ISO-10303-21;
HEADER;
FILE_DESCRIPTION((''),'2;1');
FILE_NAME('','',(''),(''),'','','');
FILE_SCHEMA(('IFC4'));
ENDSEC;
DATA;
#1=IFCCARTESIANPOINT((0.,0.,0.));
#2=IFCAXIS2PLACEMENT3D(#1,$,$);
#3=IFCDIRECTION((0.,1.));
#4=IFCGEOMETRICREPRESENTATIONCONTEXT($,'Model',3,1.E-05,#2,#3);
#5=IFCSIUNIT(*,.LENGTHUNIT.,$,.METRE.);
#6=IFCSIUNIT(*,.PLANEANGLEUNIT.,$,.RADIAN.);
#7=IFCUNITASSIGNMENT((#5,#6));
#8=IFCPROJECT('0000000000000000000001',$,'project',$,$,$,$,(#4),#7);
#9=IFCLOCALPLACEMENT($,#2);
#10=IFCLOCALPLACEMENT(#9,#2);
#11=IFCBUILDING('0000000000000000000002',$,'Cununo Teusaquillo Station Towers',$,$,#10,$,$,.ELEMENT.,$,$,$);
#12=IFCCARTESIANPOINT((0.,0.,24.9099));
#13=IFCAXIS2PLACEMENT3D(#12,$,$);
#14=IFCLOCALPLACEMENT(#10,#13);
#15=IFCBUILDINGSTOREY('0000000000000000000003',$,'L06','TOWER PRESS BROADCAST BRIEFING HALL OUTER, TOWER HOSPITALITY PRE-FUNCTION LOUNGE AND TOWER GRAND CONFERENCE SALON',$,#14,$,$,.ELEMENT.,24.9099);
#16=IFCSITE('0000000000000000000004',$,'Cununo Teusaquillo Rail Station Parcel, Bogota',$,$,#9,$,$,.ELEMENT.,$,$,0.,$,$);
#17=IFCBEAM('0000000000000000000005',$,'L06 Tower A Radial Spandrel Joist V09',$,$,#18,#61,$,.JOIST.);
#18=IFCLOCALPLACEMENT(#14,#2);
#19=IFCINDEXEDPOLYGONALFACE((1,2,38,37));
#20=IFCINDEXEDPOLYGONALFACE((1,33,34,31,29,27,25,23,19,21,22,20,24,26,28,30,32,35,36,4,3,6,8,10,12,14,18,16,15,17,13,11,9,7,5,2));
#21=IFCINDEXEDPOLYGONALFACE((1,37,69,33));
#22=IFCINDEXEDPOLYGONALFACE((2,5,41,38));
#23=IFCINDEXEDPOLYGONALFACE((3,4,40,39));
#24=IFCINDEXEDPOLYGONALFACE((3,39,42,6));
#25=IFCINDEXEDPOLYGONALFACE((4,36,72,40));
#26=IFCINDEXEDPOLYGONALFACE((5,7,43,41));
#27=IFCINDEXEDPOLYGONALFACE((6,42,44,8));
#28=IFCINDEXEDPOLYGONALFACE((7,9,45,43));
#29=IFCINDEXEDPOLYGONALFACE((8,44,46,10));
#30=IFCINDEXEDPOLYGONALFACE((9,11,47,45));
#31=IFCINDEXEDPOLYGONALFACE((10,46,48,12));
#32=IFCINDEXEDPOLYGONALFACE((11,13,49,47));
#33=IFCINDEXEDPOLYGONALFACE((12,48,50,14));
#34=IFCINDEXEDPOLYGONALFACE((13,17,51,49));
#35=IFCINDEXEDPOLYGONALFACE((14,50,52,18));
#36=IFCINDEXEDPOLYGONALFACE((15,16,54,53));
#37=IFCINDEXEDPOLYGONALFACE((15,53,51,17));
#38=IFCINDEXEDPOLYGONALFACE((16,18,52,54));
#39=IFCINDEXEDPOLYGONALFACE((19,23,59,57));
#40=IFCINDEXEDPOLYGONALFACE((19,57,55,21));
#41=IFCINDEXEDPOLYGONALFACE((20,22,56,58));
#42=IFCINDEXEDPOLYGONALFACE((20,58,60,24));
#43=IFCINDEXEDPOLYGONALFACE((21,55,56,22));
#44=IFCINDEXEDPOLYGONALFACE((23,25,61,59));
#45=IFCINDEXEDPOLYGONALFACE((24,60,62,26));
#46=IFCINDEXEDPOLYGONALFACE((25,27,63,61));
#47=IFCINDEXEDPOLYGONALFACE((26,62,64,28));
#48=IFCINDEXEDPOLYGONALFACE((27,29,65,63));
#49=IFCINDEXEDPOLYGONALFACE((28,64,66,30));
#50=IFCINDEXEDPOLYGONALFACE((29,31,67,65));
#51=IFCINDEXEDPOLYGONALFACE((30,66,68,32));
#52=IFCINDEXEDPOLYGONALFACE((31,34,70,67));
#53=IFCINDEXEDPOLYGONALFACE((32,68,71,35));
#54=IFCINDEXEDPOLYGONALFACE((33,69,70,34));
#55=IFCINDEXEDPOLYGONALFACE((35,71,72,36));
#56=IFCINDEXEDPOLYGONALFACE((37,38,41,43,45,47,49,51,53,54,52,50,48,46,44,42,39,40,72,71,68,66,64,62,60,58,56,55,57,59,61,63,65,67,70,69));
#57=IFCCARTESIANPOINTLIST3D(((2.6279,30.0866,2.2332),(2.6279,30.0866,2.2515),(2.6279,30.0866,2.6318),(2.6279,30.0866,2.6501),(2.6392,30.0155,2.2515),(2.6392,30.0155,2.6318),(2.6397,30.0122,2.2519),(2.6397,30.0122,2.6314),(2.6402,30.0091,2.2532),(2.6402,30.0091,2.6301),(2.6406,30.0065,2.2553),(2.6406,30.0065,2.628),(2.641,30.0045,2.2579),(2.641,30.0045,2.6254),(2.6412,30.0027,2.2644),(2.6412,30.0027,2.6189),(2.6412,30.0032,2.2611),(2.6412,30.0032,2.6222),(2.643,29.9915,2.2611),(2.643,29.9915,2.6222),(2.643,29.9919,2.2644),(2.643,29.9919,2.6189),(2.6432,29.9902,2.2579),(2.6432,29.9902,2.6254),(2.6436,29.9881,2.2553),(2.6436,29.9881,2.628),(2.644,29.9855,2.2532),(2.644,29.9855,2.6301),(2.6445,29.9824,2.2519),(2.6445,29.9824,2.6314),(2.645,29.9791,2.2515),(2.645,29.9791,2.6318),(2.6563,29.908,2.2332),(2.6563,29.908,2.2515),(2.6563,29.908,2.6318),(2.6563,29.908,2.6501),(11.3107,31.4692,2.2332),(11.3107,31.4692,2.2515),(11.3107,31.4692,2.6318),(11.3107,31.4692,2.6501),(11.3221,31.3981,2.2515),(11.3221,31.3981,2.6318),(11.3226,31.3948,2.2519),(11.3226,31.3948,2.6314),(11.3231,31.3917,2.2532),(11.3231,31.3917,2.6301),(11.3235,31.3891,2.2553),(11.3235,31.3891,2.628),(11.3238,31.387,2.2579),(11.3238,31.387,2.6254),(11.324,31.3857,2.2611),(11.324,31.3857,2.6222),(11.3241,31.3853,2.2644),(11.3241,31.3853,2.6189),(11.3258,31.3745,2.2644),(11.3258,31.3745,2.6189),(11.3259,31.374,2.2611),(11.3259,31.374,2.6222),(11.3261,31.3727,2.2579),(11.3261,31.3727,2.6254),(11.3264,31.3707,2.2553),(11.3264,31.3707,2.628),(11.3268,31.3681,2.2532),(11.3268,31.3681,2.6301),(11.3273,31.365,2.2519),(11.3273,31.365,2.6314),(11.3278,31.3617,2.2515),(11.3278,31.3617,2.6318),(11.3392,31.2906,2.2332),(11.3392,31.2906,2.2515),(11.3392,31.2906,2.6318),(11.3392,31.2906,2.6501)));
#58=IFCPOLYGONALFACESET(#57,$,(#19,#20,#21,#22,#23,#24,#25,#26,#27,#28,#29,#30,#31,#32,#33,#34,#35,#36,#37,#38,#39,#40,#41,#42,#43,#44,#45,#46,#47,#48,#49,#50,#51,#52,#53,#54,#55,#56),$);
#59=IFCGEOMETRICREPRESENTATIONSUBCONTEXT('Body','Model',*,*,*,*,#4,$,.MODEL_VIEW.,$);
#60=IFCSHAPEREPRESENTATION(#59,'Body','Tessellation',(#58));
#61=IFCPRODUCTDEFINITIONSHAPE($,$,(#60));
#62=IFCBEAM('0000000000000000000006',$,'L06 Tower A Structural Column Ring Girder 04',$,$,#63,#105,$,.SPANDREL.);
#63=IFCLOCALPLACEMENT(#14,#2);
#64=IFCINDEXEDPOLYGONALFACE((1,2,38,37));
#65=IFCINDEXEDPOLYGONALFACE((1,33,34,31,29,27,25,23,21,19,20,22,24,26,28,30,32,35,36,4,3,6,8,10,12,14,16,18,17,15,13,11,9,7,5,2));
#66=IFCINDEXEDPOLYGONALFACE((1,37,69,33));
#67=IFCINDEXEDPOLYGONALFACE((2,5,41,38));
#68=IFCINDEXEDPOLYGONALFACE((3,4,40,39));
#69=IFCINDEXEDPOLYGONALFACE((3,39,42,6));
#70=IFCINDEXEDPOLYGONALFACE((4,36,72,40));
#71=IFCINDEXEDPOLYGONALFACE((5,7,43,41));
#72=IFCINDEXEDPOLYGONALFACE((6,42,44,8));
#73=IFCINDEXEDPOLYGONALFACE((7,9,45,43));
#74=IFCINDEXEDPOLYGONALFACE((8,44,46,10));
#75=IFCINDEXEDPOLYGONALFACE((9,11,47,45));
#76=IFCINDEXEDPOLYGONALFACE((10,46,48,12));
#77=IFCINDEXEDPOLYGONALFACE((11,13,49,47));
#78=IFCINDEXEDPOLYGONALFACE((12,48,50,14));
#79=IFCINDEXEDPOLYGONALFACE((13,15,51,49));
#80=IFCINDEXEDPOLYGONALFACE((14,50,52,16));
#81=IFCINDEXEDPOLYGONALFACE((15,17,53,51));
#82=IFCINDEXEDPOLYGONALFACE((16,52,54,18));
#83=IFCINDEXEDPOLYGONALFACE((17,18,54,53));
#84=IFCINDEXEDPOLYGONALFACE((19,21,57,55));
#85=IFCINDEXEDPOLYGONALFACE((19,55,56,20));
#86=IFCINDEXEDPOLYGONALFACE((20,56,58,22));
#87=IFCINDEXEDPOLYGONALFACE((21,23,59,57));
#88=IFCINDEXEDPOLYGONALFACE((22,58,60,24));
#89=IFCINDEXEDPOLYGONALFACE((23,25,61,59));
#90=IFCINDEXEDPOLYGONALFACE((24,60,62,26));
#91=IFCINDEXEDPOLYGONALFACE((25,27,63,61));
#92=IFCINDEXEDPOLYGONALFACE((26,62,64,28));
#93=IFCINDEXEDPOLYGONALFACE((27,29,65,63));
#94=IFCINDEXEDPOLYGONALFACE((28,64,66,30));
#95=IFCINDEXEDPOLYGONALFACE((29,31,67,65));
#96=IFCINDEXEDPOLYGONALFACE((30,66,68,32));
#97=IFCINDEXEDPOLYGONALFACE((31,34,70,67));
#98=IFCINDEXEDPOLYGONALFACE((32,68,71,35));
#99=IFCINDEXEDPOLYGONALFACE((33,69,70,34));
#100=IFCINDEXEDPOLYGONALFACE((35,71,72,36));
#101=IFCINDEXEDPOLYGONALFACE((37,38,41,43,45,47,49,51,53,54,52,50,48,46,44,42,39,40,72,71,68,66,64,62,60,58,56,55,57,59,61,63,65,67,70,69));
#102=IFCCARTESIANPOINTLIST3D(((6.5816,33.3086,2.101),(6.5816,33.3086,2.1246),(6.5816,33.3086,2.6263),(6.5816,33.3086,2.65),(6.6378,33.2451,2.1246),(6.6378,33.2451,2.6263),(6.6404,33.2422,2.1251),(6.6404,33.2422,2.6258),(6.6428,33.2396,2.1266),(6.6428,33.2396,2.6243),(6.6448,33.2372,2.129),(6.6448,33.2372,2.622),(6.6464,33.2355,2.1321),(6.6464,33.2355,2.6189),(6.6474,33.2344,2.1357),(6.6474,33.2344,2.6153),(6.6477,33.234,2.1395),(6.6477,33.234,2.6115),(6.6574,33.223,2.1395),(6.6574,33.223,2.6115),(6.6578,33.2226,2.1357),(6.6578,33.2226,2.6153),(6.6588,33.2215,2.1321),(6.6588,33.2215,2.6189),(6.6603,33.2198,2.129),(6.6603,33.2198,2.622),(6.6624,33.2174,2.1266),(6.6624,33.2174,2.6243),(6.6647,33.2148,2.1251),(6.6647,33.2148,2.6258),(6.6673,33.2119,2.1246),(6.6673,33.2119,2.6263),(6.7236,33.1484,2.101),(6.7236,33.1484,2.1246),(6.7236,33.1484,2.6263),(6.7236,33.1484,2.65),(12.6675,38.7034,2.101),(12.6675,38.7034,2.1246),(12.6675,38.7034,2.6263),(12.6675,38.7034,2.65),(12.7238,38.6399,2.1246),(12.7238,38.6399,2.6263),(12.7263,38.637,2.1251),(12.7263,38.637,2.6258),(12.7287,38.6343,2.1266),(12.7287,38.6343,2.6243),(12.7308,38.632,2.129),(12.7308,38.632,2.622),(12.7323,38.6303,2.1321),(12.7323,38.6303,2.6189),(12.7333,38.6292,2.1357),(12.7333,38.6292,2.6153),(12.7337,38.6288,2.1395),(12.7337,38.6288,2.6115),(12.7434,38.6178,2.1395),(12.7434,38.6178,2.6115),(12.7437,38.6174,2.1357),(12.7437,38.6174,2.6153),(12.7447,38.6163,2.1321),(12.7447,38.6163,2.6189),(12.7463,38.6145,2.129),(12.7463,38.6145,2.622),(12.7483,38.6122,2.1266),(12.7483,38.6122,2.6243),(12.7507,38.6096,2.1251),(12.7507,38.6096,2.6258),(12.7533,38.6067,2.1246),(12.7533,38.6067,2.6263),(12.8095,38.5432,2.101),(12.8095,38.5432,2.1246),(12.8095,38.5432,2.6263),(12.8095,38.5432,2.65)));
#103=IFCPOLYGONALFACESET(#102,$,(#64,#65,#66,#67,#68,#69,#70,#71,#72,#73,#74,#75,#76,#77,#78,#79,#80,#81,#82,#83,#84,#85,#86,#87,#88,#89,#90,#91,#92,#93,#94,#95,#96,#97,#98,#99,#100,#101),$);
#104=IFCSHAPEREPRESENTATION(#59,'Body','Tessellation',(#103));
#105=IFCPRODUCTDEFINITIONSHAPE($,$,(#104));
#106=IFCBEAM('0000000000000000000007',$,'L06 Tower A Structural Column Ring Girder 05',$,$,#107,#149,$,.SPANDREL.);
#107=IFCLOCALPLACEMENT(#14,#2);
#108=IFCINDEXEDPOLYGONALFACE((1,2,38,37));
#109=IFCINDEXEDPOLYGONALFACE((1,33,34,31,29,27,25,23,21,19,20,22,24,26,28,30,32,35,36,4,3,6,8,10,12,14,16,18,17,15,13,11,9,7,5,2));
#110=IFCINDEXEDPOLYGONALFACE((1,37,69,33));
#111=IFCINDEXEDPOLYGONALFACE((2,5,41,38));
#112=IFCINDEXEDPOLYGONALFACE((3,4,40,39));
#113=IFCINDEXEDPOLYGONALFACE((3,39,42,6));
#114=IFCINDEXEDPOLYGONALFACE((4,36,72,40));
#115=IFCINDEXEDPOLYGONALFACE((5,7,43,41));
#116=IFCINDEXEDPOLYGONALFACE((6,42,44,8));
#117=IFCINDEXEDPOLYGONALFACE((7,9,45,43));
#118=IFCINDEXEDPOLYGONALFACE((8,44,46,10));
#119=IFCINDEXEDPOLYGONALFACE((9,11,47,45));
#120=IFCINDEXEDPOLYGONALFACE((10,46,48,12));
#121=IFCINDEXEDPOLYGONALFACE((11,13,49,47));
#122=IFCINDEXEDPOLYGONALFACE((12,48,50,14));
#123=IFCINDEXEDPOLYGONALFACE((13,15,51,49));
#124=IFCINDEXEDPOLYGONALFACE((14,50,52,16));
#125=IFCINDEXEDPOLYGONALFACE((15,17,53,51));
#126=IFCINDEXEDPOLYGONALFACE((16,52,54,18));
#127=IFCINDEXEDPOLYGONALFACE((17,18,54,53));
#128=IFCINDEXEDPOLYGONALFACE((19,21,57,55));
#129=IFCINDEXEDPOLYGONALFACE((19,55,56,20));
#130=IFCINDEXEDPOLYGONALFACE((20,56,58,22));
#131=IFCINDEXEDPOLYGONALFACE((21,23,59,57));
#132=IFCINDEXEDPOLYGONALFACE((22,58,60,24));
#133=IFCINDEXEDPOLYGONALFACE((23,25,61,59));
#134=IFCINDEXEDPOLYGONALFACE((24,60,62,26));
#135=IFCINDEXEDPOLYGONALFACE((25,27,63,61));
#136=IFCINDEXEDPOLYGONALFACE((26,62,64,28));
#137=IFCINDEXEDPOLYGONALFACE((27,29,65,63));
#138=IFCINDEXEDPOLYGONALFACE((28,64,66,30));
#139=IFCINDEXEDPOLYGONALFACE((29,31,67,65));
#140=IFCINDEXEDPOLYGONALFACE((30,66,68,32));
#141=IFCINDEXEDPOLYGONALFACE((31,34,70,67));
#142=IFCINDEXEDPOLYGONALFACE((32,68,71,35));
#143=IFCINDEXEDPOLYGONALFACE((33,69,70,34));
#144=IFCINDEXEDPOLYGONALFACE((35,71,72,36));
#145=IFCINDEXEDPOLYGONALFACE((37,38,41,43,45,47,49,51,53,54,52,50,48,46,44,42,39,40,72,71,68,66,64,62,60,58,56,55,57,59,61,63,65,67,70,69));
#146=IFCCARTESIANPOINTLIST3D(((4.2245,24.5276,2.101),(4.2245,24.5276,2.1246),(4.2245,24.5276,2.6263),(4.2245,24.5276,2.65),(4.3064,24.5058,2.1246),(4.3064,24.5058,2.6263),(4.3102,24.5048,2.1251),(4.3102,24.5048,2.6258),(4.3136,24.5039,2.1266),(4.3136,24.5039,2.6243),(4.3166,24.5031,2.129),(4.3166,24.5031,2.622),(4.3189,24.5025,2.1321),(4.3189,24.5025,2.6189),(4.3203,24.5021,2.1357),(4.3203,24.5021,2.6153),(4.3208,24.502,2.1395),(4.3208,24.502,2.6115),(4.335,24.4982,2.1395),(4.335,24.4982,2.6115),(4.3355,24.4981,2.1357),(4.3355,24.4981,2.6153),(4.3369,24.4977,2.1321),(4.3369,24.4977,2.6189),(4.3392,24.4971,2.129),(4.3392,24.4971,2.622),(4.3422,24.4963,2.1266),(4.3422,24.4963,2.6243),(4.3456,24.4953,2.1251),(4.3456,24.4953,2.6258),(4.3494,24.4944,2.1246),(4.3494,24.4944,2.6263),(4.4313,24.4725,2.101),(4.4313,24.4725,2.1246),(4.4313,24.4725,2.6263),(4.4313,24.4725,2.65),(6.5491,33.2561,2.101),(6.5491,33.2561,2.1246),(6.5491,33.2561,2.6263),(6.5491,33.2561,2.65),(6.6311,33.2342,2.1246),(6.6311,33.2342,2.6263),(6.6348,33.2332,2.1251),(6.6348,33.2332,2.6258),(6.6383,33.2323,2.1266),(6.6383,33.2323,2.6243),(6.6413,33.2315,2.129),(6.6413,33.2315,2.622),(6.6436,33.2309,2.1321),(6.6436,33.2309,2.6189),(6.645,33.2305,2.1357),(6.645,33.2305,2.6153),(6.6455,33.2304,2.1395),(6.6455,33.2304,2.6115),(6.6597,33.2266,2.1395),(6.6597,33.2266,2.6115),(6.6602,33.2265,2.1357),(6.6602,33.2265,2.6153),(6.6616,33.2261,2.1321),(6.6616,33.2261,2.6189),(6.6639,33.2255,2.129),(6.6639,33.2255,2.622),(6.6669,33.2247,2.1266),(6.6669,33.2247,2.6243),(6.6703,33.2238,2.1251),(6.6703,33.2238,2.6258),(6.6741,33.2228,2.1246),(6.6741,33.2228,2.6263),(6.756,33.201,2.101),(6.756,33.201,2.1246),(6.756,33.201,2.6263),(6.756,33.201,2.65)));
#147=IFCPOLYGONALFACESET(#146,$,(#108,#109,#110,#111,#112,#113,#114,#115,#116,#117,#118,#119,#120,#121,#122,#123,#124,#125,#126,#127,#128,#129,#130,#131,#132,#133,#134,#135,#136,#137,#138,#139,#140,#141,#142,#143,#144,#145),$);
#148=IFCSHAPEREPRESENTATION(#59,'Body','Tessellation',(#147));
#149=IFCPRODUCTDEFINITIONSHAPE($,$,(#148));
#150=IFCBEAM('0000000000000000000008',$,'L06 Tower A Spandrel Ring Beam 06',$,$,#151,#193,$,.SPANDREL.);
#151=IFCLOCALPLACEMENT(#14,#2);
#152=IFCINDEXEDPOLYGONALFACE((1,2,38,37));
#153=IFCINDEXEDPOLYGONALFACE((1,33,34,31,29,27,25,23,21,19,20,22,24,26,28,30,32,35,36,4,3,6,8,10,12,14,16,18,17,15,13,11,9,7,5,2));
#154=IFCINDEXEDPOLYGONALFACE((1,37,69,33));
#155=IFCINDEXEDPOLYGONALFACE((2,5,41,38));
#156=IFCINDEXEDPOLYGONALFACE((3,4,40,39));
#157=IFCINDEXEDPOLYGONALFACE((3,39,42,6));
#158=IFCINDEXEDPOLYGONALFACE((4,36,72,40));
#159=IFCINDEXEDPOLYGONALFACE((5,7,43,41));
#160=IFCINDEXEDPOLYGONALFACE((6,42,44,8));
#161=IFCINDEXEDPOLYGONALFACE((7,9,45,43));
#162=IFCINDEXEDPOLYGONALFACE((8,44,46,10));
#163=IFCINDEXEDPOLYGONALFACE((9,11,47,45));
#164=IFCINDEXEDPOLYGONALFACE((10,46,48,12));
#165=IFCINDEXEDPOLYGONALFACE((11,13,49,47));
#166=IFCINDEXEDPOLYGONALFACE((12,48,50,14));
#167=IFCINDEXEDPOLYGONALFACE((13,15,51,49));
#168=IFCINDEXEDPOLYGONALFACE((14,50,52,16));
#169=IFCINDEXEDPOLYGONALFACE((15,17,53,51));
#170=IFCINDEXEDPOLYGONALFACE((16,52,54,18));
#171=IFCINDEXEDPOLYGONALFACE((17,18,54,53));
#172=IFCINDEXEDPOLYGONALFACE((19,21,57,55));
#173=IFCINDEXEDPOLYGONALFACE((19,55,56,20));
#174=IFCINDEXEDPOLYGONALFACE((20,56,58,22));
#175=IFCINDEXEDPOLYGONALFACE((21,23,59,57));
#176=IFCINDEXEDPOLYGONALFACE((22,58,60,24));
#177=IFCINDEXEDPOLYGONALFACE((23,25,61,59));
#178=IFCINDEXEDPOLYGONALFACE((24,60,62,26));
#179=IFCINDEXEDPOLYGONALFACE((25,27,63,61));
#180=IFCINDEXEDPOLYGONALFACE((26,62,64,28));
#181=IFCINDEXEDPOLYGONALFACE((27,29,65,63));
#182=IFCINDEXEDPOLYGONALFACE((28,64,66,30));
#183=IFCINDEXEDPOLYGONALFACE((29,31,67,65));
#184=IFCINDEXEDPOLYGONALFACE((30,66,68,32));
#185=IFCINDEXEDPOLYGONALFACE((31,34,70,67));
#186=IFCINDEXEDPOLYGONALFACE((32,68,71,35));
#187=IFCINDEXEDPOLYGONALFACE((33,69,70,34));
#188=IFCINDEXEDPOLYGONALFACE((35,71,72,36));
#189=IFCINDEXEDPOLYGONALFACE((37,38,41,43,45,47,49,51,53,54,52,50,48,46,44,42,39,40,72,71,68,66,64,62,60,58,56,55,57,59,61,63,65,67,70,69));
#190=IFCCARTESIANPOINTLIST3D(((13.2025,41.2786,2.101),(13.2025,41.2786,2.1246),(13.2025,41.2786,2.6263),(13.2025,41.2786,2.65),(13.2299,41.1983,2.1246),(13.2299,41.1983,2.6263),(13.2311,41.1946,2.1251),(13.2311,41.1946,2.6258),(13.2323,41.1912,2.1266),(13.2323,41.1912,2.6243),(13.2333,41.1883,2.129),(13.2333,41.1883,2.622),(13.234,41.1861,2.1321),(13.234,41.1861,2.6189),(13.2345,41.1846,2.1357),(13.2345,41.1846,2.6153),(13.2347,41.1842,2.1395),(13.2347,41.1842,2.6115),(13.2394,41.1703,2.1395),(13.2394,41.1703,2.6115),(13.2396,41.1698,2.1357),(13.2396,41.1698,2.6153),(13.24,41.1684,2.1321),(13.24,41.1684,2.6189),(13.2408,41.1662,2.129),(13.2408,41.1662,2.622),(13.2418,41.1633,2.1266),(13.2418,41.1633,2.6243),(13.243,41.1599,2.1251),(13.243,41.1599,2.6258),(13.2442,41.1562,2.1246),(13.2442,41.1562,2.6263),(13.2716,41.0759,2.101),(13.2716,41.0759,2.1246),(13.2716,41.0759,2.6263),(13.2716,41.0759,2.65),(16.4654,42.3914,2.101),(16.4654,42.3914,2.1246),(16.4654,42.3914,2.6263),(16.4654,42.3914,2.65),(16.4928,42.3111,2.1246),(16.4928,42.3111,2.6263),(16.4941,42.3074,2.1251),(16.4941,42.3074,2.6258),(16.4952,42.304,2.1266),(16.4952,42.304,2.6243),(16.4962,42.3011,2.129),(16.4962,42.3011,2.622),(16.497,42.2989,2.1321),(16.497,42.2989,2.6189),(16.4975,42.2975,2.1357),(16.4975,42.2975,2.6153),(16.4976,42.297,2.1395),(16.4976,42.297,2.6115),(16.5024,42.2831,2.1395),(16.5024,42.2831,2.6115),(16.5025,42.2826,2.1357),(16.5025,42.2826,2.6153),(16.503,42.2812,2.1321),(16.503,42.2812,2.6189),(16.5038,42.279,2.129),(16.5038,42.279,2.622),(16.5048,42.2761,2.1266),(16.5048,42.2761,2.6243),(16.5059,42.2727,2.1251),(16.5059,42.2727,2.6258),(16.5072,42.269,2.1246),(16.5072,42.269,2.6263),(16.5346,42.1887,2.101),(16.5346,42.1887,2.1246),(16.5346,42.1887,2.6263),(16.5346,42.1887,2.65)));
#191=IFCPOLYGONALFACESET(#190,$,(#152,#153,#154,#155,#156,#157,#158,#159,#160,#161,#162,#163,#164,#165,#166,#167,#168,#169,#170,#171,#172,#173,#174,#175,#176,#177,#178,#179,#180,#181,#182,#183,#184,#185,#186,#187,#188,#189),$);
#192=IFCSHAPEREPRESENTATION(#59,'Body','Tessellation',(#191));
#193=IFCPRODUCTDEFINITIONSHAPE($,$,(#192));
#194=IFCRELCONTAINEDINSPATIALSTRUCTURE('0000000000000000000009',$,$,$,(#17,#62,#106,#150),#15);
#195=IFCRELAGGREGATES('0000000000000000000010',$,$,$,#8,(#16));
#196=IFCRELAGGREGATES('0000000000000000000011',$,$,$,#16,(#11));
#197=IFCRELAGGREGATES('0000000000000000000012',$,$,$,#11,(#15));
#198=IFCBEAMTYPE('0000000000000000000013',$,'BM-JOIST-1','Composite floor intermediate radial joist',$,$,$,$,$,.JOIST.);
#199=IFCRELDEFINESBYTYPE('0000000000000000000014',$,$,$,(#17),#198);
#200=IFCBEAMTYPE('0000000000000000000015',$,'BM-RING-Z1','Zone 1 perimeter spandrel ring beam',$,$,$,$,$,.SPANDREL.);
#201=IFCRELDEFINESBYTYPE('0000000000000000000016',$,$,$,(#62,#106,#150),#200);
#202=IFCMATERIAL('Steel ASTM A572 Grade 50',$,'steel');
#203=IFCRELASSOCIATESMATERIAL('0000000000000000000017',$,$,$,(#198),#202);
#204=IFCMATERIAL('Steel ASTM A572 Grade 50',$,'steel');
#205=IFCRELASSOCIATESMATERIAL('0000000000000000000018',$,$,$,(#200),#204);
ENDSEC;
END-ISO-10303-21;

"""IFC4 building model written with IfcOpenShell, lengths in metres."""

from ifc_helpers import new_model, si_unit, direction, frame, origin, origin_2d, place, context, subcontext, project, spatial, i_section, extrude, material, material_profile, profile_set, type_object, element, save


model = new_model("IFC4")

# Units and contexts
model_context = context("Model", 3, precision=1e-05, world=origin(), true_north=direction((0.0, 1.0)))
body_context = subcontext(model_context, "Body", "Model", "MODEL_VIEW")
ifc_project = project(units=[si_unit("LENGTHUNIT", "METRE"), si_unit("PLANEANGLEUNIT", "RADIAN")], contexts=[model_context])

# Site, building, storey
site_placement = place(None, origin())
site = spatial("IfcSite", under=ifc_project, at=site_placement, Name="Cununo Teusaquillo Rail Station Parcel, Bogota", CompositionType="ELEMENT", RefElevation=0.0)
building_placement = place(site_placement, origin())
building = spatial("IfcBuilding", under=site, at=building_placement, Name="Cununo Teusaquillo Station Towers", CompositionType="ELEMENT")
storey_placement = place(building_placement, frame((0.0, 0.0, 24.9099)))
storey = spatial("IfcBuildingStorey", under=building, at=storey_placement, Name="L06", Description="TOWER PRESS BROADCAST BRIEFING HALL OUTER, TOWER HOSPITALITY PRE-FUNCTION LOUNGE AND TOWER GRAND CONFERENCE SALON", CompositionType="ELEMENT", Elevation=24.9099)

# Beams
ifc_material_1 = material(Name="Steel ASTM A572 Grade 50", Category="steel")
ifc_material_profile_1 = material_profile(ifc_material_1, i_section(OverallWidth=0.1809, OverallDepth=0.417, WebThickness=0.011, FlangeThickness=0.0183, FilletRadius=0.0129, at=origin_2d()), Name="W16X57")
ifc_profile_set_1 = profile_set([ifc_material_profile_1], Name="Steel ASTM A572 Grade 50")
beam_type_1 = type_object("IfcBeamType", Name="BM-JOIST-1", Description="Composite floor intermediate radial joist", PredefinedType="JOIST", material=ifc_profile_set_1)
beam_1_placement = place(storey_placement, frame((11.325, 31.3799, 2.4417), z_axis=(-0.987559, -0.157249, 0.0), x_axis=(0.157249, -0.987559, 0.0)))
element("IfcBeam", 1, at=beam_1_placement, inside=storey, type_object=beam_type_1, Name="L06 Tower A Radial Spandrel Joist V09", PredefinedType="JOIST", context=body_context, shape_type="SweptSolid", body=[
    extrude(i_section(OverallWidth=0.1809, OverallDepth=0.417, WebThickness=0.011, FlangeThickness=0.0183, FilletRadius=0.0129, at=origin_2d()), origin(), (0.0, 0.0, 1.0), 8.7922),
])
ifc_material_2 = material(Name="Steel ASTM A572 Grade 50", Category="steel")
ifc_material_profile_2 = material_profile(ifc_material_2, i_section(OverallWidth=0.2141, OverallDepth=0.5491, WebThickness=0.0146, FlangeThickness=0.0237, FilletRadius=0.0149, at=origin_2d()), Name="W21X93")
ifc_profile_set_2 = profile_set([ifc_material_profile_2], Name="Steel ASTM A572 Grade 50")
beam_type_2 = type_object("IfcBeamType", Name="BM-RING-Z1", Description="Zone 1 perimeter spandrel ring beam", PredefinedType="SPANDREL", material=ifc_profile_set_2)
beam_2_placement = place(storey_placement, frame((12.7385, 38.6233, 2.3755), z_axis=(-0.748321, -0.663337, 0.0), x_axis=(0.663337, -0.748321, 0.0)))
element("IfcBeam", 2, at=beam_2_placement, inside=storey, type_object=beam_type_2, Name="L06 Tower A Structural Column Ring Girder 04", PredefinedType="SPANDREL", context=body_context, shape_type="SweptSolid", body=[
    extrude(i_section(OverallWidth=0.2141, OverallDepth=0.5491, WebThickness=0.0146, FlangeThickness=0.0237, FilletRadius=0.0149, at=origin_2d()), origin(), (0.0, 0.0, 1.0), 8.1328),
])
beam_3_placement = place(storey_placement, frame((6.6526, 33.2285, 2.3755), z_axis=(-0.257363, -0.966315, 0.0), x_axis=(0.966315, -0.257363, 0.0)))
element("IfcBeam", 3, at=beam_3_placement, inside=storey, type_object=beam_type_2, Name="L06 Tower A Structural Column Ring Girder 05", PredefinedType="SPANDREL", context=body_context, shape_type="SweptSolid", body=[
    extrude(i_section(OverallWidth=0.2141, OverallDepth=0.5491, WebThickness=0.0146, FlangeThickness=0.0237, FilletRadius=0.0149, at=origin_2d()), origin(), (0.0, 0.0, 1.0), 9.0327),
])
beam_4_placement = place(storey_placement, frame((16.5, 42.29, 2.3755), z_axis=(-0.946472, -0.322785, 0.0), x_axis=(0.322785, -0.946472, 0.0)))
element("IfcBeam", 4, at=beam_4_placement, inside=storey, type_object=beam_type_2, Name="L06 Tower A Spandrel Ring Beam 06", PredefinedType="SPANDREL", context=body_context, shape_type="SweptSolid", body=[
    extrude(i_section(OverallWidth=0.2141, OverallDepth=0.5491, WebThickness=0.0146, FlangeThickness=0.0237, FilletRadius=0.0149, at=origin_2d()), origin(), (0.0, 0.0, 1.0), 3.4475),
])

save(model, "model.ifc")
